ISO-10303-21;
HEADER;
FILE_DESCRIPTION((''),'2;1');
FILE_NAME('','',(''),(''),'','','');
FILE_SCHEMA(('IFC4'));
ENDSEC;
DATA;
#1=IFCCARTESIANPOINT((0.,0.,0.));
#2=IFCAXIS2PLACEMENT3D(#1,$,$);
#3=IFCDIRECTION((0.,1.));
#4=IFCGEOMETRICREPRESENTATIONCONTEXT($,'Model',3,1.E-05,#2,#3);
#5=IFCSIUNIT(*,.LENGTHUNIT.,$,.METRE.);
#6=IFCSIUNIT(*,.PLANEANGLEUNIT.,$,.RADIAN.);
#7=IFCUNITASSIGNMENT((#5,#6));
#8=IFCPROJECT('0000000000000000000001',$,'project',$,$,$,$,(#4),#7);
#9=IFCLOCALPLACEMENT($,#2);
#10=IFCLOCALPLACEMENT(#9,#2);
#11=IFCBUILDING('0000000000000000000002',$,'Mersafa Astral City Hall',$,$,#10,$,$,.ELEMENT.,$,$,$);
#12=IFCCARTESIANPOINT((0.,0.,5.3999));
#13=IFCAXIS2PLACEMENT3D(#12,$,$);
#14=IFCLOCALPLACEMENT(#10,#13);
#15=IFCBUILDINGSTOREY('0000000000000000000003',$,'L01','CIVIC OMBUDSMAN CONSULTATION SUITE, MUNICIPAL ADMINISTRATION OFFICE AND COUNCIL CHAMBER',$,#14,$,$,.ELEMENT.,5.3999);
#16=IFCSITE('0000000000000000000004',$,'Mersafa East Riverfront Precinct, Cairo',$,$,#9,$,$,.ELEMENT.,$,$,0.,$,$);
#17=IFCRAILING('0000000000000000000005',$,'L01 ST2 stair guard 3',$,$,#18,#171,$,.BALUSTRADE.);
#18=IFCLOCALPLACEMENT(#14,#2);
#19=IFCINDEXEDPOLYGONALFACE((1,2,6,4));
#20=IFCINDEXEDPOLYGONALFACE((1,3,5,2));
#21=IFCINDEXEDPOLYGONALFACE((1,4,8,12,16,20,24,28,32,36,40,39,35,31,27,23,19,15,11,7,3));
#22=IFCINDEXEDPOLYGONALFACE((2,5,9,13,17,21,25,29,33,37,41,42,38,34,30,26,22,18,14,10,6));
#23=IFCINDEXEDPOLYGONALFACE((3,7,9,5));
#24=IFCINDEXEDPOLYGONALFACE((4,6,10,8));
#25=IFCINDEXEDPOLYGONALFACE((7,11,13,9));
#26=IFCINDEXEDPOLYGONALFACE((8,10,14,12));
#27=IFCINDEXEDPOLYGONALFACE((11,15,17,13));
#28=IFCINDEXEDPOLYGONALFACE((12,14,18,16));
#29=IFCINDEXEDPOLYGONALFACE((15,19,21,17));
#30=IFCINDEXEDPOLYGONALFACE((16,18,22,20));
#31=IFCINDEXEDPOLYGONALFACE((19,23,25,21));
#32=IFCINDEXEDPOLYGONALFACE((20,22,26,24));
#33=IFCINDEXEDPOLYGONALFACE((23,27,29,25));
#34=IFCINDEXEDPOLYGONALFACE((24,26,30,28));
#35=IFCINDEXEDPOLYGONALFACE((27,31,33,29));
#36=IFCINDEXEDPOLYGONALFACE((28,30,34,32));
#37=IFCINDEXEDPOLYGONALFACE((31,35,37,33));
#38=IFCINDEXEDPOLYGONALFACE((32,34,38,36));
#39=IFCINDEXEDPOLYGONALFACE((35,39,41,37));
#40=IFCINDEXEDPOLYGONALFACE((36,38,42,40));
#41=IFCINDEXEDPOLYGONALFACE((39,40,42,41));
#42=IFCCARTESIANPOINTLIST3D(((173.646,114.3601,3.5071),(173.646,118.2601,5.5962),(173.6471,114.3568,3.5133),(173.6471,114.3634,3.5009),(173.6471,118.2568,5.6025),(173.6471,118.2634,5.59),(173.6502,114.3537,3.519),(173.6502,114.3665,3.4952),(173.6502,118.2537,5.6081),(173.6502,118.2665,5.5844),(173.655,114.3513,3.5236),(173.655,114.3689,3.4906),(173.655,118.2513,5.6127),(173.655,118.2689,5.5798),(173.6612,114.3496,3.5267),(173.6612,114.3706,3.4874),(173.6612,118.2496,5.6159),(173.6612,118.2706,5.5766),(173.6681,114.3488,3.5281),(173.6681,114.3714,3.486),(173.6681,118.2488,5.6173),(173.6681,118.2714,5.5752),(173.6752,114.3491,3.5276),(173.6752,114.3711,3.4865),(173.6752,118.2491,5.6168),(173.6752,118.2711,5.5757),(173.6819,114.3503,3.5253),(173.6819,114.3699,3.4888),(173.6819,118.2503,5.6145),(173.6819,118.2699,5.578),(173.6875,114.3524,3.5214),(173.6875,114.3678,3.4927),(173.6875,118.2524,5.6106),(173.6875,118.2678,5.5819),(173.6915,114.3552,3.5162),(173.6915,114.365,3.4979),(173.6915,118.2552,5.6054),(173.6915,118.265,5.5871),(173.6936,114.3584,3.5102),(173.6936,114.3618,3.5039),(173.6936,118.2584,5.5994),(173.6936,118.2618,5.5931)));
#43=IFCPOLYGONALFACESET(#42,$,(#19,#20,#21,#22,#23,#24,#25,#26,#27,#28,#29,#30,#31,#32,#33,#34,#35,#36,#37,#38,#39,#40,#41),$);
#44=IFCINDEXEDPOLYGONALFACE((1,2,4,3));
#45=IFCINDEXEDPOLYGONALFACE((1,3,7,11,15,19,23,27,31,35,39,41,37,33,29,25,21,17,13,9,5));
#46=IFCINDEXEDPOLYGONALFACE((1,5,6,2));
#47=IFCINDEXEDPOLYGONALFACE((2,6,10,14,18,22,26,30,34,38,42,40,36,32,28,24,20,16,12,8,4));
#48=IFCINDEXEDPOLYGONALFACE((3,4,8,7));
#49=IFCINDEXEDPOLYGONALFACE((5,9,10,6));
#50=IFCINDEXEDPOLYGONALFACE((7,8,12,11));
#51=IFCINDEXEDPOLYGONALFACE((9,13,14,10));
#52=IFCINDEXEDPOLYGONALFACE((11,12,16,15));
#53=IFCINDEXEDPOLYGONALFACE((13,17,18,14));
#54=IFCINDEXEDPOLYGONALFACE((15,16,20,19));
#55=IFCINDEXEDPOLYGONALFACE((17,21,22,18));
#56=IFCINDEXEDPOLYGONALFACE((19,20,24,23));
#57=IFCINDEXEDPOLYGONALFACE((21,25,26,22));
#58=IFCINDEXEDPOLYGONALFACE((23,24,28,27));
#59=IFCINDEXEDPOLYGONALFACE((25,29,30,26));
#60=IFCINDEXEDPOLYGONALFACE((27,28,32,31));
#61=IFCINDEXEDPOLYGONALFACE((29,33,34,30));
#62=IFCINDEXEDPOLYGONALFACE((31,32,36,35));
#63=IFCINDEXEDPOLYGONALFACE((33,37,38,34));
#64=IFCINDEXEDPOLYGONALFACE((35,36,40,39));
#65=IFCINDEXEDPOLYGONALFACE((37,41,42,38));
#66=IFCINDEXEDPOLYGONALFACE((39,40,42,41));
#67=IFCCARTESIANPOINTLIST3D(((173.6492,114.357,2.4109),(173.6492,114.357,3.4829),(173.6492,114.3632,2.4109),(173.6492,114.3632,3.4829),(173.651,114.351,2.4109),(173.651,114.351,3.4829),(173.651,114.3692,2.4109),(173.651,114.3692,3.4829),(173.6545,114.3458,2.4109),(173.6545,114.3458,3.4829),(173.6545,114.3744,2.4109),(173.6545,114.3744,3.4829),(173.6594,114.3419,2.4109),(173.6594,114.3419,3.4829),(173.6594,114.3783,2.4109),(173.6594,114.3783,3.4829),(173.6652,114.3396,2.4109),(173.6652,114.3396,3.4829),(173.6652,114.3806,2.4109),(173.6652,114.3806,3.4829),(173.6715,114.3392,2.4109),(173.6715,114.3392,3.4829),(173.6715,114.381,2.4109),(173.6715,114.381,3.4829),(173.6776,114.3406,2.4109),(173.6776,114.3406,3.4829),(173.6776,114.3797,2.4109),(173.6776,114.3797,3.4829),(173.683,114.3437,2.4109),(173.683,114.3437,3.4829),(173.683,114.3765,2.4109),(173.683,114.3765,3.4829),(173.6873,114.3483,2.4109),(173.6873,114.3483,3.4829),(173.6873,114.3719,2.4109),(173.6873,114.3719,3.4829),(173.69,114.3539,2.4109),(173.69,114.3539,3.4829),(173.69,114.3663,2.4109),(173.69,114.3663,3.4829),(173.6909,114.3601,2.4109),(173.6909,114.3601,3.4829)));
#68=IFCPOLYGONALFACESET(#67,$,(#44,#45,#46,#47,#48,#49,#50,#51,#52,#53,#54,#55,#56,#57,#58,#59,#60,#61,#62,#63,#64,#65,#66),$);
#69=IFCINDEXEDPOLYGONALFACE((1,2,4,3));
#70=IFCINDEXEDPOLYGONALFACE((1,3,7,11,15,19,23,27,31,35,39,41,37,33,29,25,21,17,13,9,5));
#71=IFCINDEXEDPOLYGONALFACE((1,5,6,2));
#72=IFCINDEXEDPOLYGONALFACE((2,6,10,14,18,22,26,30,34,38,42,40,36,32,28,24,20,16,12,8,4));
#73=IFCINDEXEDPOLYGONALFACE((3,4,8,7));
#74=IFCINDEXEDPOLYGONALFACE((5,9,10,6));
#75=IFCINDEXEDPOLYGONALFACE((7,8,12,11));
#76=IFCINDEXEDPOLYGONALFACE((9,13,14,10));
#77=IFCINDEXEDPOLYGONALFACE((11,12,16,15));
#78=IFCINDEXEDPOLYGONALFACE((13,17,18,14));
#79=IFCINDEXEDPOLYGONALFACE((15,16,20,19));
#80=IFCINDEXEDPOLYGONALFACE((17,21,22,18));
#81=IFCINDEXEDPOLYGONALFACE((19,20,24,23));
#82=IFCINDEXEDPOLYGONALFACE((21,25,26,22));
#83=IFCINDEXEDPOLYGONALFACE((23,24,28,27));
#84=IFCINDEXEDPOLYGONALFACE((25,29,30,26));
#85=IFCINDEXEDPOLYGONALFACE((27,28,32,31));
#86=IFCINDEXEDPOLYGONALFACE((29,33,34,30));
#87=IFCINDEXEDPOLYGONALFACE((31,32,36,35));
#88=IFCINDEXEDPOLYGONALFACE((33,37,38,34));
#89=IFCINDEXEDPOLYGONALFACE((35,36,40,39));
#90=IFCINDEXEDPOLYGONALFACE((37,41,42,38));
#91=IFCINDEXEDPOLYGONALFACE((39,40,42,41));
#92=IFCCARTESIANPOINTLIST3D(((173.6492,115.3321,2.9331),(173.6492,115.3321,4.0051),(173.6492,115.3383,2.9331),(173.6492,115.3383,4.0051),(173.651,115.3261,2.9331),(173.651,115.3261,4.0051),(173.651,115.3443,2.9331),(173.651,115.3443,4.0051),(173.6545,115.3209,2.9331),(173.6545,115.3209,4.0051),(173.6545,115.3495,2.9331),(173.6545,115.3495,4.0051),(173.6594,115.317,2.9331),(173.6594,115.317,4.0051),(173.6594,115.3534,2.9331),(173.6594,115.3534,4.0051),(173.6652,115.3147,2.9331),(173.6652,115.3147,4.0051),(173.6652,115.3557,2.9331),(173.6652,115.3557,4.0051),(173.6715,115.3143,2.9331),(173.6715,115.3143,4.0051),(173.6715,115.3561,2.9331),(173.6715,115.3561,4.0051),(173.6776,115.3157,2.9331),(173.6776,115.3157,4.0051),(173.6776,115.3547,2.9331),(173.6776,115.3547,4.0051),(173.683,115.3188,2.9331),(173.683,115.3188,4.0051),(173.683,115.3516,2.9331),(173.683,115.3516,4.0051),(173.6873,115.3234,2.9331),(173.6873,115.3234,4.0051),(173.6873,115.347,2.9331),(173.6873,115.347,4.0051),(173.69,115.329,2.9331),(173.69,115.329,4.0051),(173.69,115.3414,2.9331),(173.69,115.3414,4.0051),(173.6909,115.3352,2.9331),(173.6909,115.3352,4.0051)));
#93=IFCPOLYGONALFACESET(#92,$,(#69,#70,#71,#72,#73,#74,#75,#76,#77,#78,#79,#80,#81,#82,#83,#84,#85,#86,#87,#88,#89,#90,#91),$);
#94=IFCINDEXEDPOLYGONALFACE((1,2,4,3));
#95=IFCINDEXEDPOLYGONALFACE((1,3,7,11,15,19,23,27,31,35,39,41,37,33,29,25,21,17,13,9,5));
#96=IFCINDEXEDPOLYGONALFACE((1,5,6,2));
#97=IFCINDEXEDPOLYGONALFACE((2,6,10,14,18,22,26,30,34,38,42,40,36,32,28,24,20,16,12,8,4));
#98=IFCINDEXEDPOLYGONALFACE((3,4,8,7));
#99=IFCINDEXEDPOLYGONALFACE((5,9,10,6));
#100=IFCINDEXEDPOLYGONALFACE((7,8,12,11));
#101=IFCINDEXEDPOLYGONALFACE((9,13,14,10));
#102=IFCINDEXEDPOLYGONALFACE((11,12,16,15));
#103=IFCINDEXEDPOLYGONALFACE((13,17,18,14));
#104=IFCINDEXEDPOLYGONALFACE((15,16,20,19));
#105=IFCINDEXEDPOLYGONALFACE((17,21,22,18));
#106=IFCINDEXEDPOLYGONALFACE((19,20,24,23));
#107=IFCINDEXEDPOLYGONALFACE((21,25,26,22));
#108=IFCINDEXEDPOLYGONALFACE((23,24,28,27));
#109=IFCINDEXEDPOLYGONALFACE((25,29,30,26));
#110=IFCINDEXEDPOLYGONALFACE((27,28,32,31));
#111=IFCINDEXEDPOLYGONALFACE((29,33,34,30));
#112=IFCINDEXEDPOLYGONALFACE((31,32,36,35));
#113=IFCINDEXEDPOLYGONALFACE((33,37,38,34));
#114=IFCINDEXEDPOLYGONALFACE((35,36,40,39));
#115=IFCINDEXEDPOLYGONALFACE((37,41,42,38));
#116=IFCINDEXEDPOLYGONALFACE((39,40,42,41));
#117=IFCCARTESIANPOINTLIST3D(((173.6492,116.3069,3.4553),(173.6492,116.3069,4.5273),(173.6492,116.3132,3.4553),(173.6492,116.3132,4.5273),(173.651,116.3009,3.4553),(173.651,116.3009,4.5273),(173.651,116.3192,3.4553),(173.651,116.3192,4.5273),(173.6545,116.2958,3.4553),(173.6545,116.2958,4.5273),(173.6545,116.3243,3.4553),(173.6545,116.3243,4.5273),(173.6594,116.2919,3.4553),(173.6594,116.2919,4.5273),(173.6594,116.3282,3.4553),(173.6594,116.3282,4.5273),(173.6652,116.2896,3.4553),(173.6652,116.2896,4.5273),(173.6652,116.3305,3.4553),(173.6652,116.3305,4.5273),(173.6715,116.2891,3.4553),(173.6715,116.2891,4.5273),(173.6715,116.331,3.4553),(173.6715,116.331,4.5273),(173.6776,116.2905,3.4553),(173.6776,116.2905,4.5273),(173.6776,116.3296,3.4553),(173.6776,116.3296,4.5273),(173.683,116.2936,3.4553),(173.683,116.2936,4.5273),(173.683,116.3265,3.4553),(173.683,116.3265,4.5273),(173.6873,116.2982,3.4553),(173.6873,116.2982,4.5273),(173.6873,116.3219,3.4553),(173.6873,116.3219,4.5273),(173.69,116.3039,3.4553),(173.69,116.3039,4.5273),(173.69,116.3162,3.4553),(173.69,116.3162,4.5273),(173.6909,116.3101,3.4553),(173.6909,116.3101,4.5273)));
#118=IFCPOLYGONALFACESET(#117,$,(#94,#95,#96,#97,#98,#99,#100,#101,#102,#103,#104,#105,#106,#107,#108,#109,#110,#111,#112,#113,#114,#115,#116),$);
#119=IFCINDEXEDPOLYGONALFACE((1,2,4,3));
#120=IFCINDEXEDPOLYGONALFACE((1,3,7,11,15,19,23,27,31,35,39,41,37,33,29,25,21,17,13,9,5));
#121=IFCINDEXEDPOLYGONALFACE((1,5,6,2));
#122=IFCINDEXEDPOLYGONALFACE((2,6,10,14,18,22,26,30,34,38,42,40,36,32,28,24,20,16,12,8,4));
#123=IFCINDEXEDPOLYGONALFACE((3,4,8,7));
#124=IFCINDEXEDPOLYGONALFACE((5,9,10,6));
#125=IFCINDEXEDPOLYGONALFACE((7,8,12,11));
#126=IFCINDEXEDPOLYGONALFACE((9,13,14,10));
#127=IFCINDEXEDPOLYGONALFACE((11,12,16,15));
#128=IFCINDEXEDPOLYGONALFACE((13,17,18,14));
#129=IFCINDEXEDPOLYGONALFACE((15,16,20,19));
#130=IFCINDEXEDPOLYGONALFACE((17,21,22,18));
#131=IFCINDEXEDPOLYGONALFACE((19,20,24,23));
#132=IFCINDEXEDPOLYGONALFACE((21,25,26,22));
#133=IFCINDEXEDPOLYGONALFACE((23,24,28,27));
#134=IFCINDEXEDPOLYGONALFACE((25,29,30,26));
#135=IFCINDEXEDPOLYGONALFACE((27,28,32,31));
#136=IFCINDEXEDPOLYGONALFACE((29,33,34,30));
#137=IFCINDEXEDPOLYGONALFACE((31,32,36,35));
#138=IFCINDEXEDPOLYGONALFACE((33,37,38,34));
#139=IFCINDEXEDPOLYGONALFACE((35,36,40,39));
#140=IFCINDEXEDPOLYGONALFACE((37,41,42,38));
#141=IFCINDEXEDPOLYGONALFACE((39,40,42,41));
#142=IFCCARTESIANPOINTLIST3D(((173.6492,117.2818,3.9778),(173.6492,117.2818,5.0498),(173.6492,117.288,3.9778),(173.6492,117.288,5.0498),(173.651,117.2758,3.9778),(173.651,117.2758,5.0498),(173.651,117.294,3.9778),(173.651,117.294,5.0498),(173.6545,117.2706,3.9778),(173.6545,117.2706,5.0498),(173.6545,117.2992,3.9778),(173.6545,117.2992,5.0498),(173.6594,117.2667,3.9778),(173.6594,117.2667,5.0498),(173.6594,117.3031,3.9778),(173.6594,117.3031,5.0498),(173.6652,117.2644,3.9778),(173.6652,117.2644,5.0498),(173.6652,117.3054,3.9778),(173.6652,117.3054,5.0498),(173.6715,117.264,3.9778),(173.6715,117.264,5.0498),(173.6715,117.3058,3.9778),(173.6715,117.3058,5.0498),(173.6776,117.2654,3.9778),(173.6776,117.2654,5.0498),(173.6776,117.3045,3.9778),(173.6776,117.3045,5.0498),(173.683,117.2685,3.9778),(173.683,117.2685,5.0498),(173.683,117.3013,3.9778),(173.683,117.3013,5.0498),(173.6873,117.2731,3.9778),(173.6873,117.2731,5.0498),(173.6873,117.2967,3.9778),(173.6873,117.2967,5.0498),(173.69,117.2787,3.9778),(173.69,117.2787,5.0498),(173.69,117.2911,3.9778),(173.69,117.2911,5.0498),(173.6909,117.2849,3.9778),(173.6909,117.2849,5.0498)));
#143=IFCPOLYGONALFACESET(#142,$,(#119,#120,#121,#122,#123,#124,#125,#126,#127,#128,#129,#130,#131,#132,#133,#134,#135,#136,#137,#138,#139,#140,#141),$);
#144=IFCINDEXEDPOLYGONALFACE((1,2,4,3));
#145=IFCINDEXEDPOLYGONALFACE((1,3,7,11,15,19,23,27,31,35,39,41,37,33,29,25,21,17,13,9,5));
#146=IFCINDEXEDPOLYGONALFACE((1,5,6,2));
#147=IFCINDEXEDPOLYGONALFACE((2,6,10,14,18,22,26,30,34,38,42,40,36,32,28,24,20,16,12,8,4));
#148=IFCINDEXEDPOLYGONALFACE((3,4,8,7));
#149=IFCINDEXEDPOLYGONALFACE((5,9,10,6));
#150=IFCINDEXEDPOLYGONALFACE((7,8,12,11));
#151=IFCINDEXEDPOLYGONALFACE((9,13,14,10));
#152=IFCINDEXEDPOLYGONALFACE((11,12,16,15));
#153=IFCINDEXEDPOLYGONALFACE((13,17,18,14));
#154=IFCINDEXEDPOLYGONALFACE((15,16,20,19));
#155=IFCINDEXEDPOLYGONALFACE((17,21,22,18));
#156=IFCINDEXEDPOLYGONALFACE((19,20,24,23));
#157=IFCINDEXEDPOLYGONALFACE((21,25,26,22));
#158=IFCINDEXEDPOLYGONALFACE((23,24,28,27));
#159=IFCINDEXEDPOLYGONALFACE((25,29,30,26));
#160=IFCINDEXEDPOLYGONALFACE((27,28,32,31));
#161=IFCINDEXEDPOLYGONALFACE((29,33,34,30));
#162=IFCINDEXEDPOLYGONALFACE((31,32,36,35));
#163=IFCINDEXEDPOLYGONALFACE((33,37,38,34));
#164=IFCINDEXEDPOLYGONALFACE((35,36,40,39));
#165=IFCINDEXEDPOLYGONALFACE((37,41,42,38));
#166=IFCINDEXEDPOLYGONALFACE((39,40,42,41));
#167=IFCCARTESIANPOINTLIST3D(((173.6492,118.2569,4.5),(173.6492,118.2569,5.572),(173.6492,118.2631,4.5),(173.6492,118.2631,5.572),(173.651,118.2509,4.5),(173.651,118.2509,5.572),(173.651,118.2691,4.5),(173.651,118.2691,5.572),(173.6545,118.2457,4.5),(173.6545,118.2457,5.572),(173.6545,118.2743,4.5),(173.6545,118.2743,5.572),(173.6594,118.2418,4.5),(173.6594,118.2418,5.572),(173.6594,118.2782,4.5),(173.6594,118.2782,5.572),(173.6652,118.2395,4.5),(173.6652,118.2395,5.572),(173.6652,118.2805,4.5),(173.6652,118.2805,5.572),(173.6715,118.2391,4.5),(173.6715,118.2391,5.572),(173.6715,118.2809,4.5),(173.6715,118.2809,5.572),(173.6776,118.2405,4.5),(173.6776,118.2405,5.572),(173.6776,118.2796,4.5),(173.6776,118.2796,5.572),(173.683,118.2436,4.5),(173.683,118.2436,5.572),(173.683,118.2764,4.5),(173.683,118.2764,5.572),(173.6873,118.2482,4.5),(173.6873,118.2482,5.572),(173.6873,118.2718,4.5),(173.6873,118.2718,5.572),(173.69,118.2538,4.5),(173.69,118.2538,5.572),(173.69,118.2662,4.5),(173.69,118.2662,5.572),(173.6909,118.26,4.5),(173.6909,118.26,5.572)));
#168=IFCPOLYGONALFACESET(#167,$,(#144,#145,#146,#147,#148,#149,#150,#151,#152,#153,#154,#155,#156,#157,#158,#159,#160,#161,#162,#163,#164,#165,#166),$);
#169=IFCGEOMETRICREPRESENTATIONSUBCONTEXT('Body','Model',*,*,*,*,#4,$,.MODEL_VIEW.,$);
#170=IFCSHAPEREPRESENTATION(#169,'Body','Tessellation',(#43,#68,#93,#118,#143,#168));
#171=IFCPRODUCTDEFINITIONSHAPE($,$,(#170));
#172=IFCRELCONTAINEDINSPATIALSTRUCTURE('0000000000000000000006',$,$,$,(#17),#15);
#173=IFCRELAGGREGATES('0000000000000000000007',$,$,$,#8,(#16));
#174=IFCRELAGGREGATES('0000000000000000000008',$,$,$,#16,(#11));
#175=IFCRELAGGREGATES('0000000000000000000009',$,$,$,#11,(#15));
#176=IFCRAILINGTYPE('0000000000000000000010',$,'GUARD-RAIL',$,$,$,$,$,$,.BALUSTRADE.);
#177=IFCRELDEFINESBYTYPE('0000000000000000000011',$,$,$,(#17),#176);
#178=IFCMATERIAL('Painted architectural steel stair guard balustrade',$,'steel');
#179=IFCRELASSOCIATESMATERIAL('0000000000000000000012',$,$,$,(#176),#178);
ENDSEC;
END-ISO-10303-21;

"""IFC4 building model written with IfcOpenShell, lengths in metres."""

from ifc_helpers import new_model, si_unit, direction, frame, origin, origin_2d, place, context, subcontext, project, spatial, circle, extrude, material, type_object, element, save


model = new_model("IFC4")

# Units and contexts
model_context = context("Model", 3, precision=1e-05, world=origin(), true_north=direction((0.0, 1.0)))
body_context = subcontext(model_context, "Body", "Model", "MODEL_VIEW")
ifc_project = project(units=[si_unit("LENGTHUNIT", "METRE"), si_unit("PLANEANGLEUNIT", "RADIAN")], contexts=[model_context])

# Site, building, storey
site_placement = place(None, origin())
site = spatial("IfcSite", under=ifc_project, at=site_placement, Name="Mersafa East Riverfront Precinct, Cairo", CompositionType="ELEMENT", RefElevation=0.0)
building_placement = place(site_placement, origin())
building = spatial("IfcBuilding", under=site, at=building_placement, Name="Mersafa Astral City Hall", CompositionType="ELEMENT")
storey_placement = place(building_placement, frame((0.0, 0.0, 5.3999)))
storey = spatial("IfcBuildingStorey", under=building, at=storey_placement, Name="L01", Description="CIVIC OMBUDSMAN CONSULTATION SUITE, MUNICIPAL ADMINISTRATION OFFICE AND COUNCIL CHAMBER", CompositionType="ELEMENT", Elevation=5.3999)

# Railing
ifc_material_1 = material(Name="Painted architectural steel stair guard balustrade", Category="steel")
railing_type_1 = type_object("IfcRailingType", Name="GUARD-RAIL", PredefinedType="BALUSTRADE", material=ifc_material_1)
railing_1_placement = place(storey_placement, frame((173.6699, 114.3601, 2.4109)))
element("IfcRailing", 1, at=railing_1_placement, inside=storey, type_object=railing_type_1, Name="L01 ST2 stair guard 3", PredefinedType="BALUSTRADE", context=body_context, shape_type="SweptSolid", body=[
    extrude(circle(Radius=0.0239, at=origin_2d()), frame((0.0, 0.0, 1.0962), z_axis=(0.0, 0.881491, 0.4722), x_axis=(-1.0, 0.0, 0.0)), (0.0, 0.0, 1.0), 4.4243),
    extrude(circle(Radius=0.021, at=origin_2d()), origin(), (0.0, 0.0, 1.0), 1.072),
    extrude(circle(Radius=0.021, at=origin_2d()), frame((0.0, 0.9751, 0.5222)), (0.0, 0.0, 1.0), 1.072),
    extrude(circle(Radius=0.021, at=origin_2d()), frame((0.0, 1.95, 1.0444)), (0.0, 0.0, 1.0), 1.072),
    extrude(circle(Radius=0.021, at=origin_2d()), frame((0.0, 2.9248, 1.5669)), (0.0, 0.0, 1.0), 1.072),
    extrude(circle(Radius=0.021, at=origin_2d()), frame((0.0, 3.8999, 2.0891)), (0.0, 0.0, 1.0), 1.072),
])

save(model, "model.ifc")
